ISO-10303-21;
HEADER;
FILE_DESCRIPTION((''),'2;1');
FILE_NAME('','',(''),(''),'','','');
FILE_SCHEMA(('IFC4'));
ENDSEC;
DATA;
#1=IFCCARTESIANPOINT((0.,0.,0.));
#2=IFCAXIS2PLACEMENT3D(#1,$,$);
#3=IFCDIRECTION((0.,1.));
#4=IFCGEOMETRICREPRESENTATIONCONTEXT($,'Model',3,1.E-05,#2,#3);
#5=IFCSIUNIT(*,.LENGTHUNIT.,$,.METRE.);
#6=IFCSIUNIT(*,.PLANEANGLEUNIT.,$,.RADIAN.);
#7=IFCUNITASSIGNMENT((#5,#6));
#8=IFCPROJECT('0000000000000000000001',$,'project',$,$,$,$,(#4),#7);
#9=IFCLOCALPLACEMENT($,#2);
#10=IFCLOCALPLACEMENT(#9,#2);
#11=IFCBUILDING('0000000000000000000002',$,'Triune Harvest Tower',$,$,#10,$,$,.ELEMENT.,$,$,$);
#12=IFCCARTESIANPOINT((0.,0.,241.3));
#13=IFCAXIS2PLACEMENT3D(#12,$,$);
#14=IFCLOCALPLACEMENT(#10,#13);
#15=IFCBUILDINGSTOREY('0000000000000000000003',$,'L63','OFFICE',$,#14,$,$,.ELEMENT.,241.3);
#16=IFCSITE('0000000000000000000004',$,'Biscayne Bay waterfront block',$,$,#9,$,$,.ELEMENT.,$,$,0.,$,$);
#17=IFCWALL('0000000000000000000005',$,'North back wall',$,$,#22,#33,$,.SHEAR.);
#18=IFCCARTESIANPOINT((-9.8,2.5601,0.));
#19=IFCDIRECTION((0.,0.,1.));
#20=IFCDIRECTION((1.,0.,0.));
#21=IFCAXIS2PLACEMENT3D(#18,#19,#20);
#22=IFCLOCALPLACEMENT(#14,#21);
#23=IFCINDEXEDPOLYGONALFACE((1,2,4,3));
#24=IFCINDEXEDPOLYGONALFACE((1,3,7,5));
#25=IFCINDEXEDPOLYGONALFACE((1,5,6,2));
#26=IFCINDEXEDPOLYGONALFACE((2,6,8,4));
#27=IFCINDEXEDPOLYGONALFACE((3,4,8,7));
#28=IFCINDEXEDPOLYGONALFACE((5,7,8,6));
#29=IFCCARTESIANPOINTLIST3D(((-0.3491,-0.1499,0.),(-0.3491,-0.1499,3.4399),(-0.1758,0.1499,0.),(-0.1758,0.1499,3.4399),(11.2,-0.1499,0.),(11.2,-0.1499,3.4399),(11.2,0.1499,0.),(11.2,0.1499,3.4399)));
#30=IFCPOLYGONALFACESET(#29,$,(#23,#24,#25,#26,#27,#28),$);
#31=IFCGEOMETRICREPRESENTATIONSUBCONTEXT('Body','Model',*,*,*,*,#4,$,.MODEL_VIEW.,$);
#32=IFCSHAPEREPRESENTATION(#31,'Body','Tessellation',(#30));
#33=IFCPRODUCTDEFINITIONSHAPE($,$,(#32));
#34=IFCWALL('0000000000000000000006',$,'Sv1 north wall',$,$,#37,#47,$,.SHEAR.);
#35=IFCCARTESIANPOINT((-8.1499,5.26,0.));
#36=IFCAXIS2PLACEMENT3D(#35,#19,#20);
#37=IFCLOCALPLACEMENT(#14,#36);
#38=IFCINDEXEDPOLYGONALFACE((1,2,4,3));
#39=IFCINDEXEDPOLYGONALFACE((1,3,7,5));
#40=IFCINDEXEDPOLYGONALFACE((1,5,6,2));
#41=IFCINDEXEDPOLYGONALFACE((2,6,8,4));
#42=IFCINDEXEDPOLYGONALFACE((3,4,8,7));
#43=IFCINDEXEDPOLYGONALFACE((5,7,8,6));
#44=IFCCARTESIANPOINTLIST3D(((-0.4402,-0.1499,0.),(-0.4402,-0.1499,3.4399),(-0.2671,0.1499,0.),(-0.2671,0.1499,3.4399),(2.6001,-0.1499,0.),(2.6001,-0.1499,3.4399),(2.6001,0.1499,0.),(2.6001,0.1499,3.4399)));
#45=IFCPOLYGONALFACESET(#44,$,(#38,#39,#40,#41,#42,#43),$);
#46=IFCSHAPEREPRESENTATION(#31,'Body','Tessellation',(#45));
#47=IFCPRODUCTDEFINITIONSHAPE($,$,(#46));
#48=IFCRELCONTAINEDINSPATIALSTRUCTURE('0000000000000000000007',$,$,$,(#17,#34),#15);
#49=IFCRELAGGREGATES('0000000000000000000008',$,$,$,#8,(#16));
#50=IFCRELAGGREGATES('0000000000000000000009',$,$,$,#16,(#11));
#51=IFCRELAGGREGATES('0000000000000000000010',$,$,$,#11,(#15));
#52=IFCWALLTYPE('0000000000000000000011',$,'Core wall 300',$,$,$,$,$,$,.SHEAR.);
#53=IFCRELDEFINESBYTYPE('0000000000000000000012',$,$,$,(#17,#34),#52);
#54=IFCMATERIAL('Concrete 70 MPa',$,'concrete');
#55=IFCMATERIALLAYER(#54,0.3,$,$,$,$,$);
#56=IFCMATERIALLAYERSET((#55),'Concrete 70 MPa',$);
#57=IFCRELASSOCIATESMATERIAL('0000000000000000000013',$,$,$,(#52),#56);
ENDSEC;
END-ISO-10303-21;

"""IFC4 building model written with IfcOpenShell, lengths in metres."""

from ifc_helpers import new_model, si_unit, direction, frame, origin, place, context, subcontext, project, spatial, polyline, outline, extrude, source, transform, mapped, material, layer, layer_set, type_object, element, save


model = new_model("IFC4")

# Units and contexts
model_context = context("Model", 3, precision=1e-05, world=origin(), true_north=direction((0.0, 1.0)))
body_context = subcontext(model_context, "Body", "Model", "MODEL_VIEW")
ifc_project = project(units=[si_unit("LENGTHUNIT", "METRE"), si_unit("PLANEANGLEUNIT", "RADIAN")], contexts=[model_context])

# Site, building, storey
site_placement = place(None, origin())
site = spatial("IfcSite", under=ifc_project, at=site_placement, Name="Biscayne Bay waterfront block", CompositionType="ELEMENT", RefElevation=0.0)
building_placement = place(site_placement, origin())
building = spatial("IfcBuilding", under=site, at=building_placement, Name="Triune Harvest Tower", CompositionType="ELEMENT")
storey_placement = place(building_placement, frame((0.0, 0.0, 241.3)))
storey = spatial("IfcBuildingStorey", under=building, at=storey_placement, Name="L63", Description="OFFICE", CompositionType="ELEMENT", Elevation=241.3)

# Wall
ifc_material_1 = material(Name="Concrete 70 MPa", Category="concrete")
ifc_layer_1 = layer(ifc_material_1, 0.3)
ifc_layer_set_1 = layer_set([ifc_layer_1], Name="Concrete 70 MPa")
wall_type_1 = type_object("IfcWallType", Name="Core wall 300", PredefinedType="SHEAR", material=ifc_layer_set_1)
shared_shape_1 = source(origin(), body_context, "Body", "SweptSolid", [
    extrude(outline(polyline([(11.2, -0.1499), (-0.3491, -0.1499), (-0.1758, 0.1499), (11.2, 0.1499), (11.2, -0.1499)])), origin(), (0.0, 0.0, 1.0), 3.4399),
])
wall_1_placement = place(storey_placement, frame((-9.8, 2.5601, 0.0), z_axis=(0.0, 0.0, 1.0), x_axis=(1.0, 0.0, 0.0)))
element("IfcWall", 1, at=wall_1_placement, inside=storey, type_object=wall_type_1, Name="North back wall", PredefinedType="SHEAR", context=body_context, shape_type="MappedRepresentation", body=[
    mapped(shared_shape_1, transform((0.0, 0.0, 0.0), scale=1.0)),
])

# Wall
shared_shape_2 = source(origin(), body_context, "Body", "SweptSolid", [
    extrude(outline(polyline([(2.6001, -0.1499), (-0.4402, -0.1499), (-0.2671, 0.1499), (2.6001, 0.1499), (2.6001, -0.1499)])), origin(), (0.0, 0.0, 1.0), 3.4399),
])
wall_2_placement = place(storey_placement, frame((-8.1499, 5.26, 0.0), z_axis=(0.0, 0.0, 1.0), x_axis=(1.0, 0.0, 0.0)))
element("IfcWall", 2, at=wall_2_placement, inside=storey, type_object=wall_type_1, Name="Sv1 north wall", PredefinedType="SHEAR", context=body_context, shape_type="MappedRepresentation", body=[
    mapped(shared_shape_2, transform((0.0, 0.0, 0.0), scale=1.0)),
])

save(model, "model.ifc")
